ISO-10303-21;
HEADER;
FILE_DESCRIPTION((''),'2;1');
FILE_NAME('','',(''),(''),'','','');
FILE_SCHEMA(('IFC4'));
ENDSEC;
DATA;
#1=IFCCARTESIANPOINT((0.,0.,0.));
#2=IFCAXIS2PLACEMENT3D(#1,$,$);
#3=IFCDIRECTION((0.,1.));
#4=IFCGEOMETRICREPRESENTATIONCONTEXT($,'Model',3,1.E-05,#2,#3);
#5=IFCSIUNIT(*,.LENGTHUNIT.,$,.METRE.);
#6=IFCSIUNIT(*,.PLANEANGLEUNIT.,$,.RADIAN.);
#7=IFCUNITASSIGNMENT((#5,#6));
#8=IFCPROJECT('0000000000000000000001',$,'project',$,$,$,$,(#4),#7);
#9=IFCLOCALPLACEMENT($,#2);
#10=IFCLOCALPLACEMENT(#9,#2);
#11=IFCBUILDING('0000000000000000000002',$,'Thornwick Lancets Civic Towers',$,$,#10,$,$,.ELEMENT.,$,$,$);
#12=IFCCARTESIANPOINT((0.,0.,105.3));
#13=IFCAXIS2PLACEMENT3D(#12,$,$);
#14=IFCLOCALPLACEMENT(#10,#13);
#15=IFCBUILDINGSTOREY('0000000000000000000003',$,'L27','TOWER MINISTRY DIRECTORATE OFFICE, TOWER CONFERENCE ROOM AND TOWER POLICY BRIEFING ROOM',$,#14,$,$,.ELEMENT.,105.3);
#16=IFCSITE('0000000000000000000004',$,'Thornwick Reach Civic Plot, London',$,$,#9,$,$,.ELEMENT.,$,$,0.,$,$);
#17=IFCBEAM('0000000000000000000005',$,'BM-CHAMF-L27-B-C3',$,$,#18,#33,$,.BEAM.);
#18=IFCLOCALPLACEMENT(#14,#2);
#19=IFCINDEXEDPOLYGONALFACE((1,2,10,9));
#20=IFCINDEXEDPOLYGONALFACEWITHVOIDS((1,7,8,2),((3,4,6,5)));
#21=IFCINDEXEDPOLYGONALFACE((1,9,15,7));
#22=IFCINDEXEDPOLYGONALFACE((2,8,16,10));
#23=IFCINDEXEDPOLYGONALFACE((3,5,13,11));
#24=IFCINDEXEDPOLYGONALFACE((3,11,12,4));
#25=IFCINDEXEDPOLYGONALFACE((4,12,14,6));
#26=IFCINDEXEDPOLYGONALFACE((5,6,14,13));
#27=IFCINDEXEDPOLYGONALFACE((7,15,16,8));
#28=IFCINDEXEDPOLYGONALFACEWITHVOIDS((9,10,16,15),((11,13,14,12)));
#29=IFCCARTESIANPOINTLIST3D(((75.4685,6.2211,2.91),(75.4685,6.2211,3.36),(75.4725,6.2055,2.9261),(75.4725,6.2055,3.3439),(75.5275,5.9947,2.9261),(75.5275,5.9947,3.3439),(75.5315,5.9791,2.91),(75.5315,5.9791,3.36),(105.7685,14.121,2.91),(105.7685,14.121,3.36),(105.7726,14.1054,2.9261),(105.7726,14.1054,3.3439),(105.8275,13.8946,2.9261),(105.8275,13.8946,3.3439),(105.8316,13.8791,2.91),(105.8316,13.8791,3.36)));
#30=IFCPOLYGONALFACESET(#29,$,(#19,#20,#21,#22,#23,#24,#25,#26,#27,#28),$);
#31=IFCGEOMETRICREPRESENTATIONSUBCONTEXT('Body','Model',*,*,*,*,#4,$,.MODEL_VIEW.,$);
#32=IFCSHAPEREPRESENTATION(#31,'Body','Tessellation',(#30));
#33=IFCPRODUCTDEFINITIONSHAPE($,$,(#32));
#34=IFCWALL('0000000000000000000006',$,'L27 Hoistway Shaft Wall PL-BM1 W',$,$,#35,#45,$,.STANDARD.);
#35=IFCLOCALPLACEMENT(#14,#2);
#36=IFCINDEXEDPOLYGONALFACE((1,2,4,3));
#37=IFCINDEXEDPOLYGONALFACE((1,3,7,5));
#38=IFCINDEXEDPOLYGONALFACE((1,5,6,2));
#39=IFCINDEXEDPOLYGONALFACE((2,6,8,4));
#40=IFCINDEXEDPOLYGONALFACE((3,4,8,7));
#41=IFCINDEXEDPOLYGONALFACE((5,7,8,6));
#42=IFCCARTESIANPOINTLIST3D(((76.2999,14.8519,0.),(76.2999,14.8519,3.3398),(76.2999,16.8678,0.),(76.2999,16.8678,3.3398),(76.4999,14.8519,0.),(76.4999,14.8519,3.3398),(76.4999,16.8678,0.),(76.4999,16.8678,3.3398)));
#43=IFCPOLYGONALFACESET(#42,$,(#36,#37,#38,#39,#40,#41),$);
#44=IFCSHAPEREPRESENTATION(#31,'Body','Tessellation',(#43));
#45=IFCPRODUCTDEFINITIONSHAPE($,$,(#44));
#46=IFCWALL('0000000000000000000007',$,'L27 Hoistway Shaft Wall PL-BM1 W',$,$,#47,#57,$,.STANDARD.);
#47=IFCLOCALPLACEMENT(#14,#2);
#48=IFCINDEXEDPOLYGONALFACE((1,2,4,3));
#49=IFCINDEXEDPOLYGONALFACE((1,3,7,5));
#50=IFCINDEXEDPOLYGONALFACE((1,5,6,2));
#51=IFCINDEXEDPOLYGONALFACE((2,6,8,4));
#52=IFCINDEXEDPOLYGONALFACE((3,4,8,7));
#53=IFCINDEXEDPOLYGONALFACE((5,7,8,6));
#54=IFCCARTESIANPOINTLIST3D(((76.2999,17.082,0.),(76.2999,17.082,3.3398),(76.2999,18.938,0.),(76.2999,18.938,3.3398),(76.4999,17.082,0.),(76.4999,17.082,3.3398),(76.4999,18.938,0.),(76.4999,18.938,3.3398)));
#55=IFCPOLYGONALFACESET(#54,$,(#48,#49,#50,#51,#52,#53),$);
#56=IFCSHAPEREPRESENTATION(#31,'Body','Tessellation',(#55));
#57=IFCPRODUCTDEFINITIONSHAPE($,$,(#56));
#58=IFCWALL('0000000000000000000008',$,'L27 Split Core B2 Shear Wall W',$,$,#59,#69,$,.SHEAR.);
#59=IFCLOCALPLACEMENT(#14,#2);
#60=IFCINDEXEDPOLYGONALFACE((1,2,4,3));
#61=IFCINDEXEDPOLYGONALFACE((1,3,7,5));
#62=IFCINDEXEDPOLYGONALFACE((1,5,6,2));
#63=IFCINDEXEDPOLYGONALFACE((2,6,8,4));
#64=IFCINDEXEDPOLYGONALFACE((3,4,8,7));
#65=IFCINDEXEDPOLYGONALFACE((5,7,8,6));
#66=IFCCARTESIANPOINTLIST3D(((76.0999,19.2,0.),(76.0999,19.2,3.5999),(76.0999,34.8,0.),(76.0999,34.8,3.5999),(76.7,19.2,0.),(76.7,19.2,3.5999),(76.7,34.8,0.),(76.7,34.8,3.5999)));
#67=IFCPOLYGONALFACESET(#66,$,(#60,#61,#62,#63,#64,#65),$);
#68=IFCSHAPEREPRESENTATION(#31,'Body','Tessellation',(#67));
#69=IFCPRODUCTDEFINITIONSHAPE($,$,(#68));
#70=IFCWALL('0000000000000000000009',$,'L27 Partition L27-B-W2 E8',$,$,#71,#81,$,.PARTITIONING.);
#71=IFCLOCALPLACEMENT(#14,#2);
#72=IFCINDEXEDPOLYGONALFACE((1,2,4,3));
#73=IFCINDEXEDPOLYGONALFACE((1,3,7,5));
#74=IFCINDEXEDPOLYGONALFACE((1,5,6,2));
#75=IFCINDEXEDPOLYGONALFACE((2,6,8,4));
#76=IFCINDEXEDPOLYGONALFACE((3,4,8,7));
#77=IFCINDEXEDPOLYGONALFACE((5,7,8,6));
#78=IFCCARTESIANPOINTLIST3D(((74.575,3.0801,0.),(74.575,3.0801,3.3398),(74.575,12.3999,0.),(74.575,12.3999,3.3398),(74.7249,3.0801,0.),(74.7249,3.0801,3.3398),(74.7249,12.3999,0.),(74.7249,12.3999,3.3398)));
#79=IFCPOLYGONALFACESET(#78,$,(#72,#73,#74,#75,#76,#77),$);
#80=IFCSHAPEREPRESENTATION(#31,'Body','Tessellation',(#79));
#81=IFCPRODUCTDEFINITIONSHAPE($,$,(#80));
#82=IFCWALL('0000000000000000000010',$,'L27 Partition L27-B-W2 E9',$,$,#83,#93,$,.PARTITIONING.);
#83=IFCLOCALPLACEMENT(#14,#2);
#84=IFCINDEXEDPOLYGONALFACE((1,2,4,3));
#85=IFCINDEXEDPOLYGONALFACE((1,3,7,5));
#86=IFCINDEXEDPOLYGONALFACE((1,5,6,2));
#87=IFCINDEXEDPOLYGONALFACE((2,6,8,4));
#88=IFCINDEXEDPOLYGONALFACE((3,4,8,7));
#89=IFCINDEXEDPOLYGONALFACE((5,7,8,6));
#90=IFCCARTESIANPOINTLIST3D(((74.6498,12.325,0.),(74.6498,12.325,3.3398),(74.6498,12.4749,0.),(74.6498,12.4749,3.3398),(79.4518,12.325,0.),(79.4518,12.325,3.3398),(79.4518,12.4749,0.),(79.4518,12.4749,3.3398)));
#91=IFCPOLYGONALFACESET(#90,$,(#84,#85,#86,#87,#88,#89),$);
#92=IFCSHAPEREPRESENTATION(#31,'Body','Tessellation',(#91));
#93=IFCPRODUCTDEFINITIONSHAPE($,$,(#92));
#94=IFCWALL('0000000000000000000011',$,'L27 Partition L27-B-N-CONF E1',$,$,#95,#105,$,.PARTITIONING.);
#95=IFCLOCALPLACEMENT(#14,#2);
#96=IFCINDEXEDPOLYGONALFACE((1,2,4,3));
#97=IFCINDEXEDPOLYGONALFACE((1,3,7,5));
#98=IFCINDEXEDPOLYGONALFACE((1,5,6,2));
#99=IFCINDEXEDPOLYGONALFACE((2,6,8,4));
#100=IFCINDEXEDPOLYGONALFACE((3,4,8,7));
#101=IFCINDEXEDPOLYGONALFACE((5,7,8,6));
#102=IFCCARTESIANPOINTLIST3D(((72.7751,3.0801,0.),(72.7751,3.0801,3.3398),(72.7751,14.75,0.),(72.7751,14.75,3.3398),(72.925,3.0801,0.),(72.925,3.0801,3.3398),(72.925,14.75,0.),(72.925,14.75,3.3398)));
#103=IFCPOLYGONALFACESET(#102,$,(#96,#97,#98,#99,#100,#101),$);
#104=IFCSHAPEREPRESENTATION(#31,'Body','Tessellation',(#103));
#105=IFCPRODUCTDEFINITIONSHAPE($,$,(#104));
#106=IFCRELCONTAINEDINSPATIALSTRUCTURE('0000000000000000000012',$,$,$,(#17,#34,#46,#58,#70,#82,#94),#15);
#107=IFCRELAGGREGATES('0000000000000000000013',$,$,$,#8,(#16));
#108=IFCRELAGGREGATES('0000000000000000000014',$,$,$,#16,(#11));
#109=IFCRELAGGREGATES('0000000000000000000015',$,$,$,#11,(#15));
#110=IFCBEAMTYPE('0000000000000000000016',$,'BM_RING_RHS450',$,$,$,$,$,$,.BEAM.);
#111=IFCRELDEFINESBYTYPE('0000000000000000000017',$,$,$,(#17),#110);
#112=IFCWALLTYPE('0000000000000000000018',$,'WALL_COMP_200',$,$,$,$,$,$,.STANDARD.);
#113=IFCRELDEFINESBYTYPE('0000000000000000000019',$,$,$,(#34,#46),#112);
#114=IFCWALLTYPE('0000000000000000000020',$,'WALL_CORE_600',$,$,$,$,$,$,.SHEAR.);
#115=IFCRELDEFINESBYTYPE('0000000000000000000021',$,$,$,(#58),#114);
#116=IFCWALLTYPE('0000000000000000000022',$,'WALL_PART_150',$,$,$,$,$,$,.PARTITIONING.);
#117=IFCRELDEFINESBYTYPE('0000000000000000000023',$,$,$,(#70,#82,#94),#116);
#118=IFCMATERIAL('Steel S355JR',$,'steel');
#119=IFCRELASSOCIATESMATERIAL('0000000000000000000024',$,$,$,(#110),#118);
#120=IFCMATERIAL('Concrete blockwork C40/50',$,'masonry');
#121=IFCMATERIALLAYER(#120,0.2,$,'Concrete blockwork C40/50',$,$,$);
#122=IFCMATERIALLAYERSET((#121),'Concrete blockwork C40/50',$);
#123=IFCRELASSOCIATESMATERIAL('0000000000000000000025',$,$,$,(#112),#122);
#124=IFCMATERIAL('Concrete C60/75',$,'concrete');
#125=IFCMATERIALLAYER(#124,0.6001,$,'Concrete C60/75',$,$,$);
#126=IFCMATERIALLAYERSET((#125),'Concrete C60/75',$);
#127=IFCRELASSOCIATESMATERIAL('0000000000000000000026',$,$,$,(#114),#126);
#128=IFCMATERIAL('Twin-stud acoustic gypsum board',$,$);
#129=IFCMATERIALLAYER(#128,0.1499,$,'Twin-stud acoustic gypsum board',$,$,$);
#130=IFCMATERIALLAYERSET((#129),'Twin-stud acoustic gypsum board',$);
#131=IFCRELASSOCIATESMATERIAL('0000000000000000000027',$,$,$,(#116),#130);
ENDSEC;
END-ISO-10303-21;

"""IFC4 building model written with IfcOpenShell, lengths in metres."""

from ifc_helpers import new_model, si_unit, direction, frame, frame_2d, origin, origin_2d, place, context, subcontext, project, spatial, rectangle, hollow_rectangle, extrude, material, layer, layer_set, material_profile, profile_set, type_object, element, save


model = new_model("IFC4")

# Units and contexts
model_context = context("Model", 3, precision=1e-05, world=origin(), true_north=direction((0.0, 1.0)))
body_context = subcontext(model_context, "Body", "Model", "MODEL_VIEW")
ifc_project = project(units=[si_unit("LENGTHUNIT", "METRE"), si_unit("PLANEANGLEUNIT", "RADIAN")], contexts=[model_context])

# Site, building, storey
site_placement = place(None, origin())
site = spatial("IfcSite", under=ifc_project, at=site_placement, Name="Thornwick Reach Civic Plot, London", CompositionType="ELEMENT", RefElevation=0.0)
building_placement = place(site_placement, origin())
building = spatial("IfcBuilding", under=site, at=building_placement, Name="Thornwick Lancets Civic Towers", CompositionType="ELEMENT")
storey_placement = place(building_placement, frame((0.0, 0.0, 105.3)))
storey = spatial("IfcBuildingStorey", under=building, at=storey_placement, Name="L27", Description="TOWER MINISTRY DIRECTORATE OFFICE, TOWER CONFERENCE ROOM AND TOWER POLICY BRIEFING ROOM", CompositionType="ELEMENT", Elevation=105.3)

# Shared definitions
ifc_material_1 = material(Name="Concrete C60/75", Category="concrete")

# Beam
ifc_material_2 = material(Name="Steel S355JR", Category="steel")
ifc_material_profile_1 = material_profile(ifc_material_2, hollow_rectangle(XDim=0.25, YDim=0.45, WallThickness=0.0161, at=origin_2d()), Name="RHS 450x250x16")
ifc_profile_set_1 = profile_set([ifc_material_profile_1], Name="Steel S355JR")
beam_type_1 = type_object("IfcBeamType", Name="BM_RING_RHS450", PredefinedType="BEAM", material=ifc_profile_set_1)
beam_1_placement = place(storey_placement, frame((75.5, 6.1001, 3.135), z_axis=(0.967652, 0.252289, 0.0), x_axis=(-0.252289, 0.967652, 0.0)))
element("IfcBeam", 1, at=beam_1_placement, inside=storey, type_object=beam_type_1, Name="BM-CHAMF-L27-B-C3", PredefinedType="BEAM", context=body_context, shape_type="SweptSolid", body=[
    extrude(hollow_rectangle(XDim=0.25, YDim=0.45, WallThickness=0.0161, at=origin_2d()), origin(), (0.0, 0.0, 1.0), 31.313),
])

# Walls
ifc_material_3 = material(Name="Concrete blockwork C40/50", Category="masonry")
ifc_layer_1 = layer(ifc_material_3, 0.2, Name="Concrete blockwork C40/50")
ifc_layer_set_1 = layer_set([ifc_layer_1], Name="Concrete blockwork C40/50")
wall_type_1 = type_object("IfcWallType", Name="WALL_COMP_200", PredefinedType="STANDARD", material=ifc_layer_set_1)
wall_1_placement = place(storey_placement, frame((76.3999, 14.8521, 0.0), z_axis=(0.0, 0.0, 1.0), x_axis=(0.0, 1.0, 0.0)))
element("IfcWall", 2, at=wall_1_placement, inside=storey, type_object=wall_type_1, Name="L27 Hoistway Shaft Wall PL-BM1 W", PredefinedType="STANDARD", context=body_context, shape_type="SweptSolid", body=[
    extrude(rectangle(XDim=2.0159, YDim=0.2, at=frame_2d((1.0078, 0.0))), origin(), (0.0, 0.0, 1.0), 3.3398),
])
wall_2_placement = place(storey_placement, frame((76.3999, 17.082, 0.0), z_axis=(0.0, 0.0, 1.0), x_axis=(0.0, 1.0, 0.0)))
element("IfcWall", 3, at=wall_2_placement, inside=storey, type_object=wall_type_1, Name="L27 Hoistway Shaft Wall PL-BM1 W", PredefinedType="STANDARD", context=body_context, shape_type="SweptSolid", body=[
    extrude(rectangle(XDim=1.856, YDim=0.2, at=frame_2d((0.928, 0.0))), origin(), (0.0, 0.0, 1.0), 3.3398),
])
ifc_layer_2 = layer(ifc_material_1, 0.6001, Name="Concrete C60/75")
ifc_layer_set_2 = layer_set([ifc_layer_2], Name="Concrete C60/75")
wall_type_2 = type_object("IfcWallType", Name="WALL_CORE_600", PredefinedType="SHEAR", material=ifc_layer_set_2)
wall_3_placement = place(storey_placement, frame((76.3999, 19.2, 0.0), z_axis=(0.0, 0.0, 1.0), x_axis=(0.0, 1.0, 0.0)))
element("IfcWall", 4, at=wall_3_placement, inside=storey, type_object=wall_type_2, Name="L27 Split Core B2 Shear Wall W", PredefinedType="SHEAR", context=body_context, shape_type="SweptSolid", body=[
    extrude(rectangle(XDim=15.6001, YDim=0.6001, at=frame_2d((7.8, 0.0))), origin(), (0.0, 0.0, 1.0), 3.5999),
])
ifc_material_4 = material(Name="Twin-stud acoustic gypsum board")
ifc_layer_3 = layer(ifc_material_4, 0.1499, Name="Twin-stud acoustic gypsum board")
ifc_layer_set_3 = layer_set([ifc_layer_3], Name="Twin-stud acoustic gypsum board")
wall_type_3 = type_object("IfcWallType", Name="WALL_PART_150", PredefinedType="PARTITIONING", material=ifc_layer_set_3)
wall_4_placement = place(storey_placement, frame((74.6499, 3.0801, 0.0), z_axis=(0.0, 0.0, 1.0), x_axis=(0.0, 1.0, 0.0)))
element("IfcWall", 5, at=wall_4_placement, inside=storey, type_object=wall_type_3, Name="L27 Partition L27-B-W2 E8", PredefinedType="PARTITIONING", context=body_context, shape_type="SweptSolid", body=[
    extrude(rectangle(XDim=9.3198, YDim=0.1499, at=frame_2d((4.6599, 0.0))), origin(), (0.0, 0.0, 1.0), 3.3398),
])
wall_5_placement = place(storey_placement, frame((74.6499, 12.3999, 0.0), z_axis=(0.0, 0.0, 1.0), x_axis=(1.0, 0.0, 0.0)))
element("IfcWall", 6, at=wall_5_placement, inside=storey, type_object=wall_type_3, Name="L27 Partition L27-B-W2 E9", PredefinedType="PARTITIONING", context=body_context, shape_type="SweptSolid", body=[
    extrude(rectangle(XDim=4.802, YDim=0.1499, at=frame_2d((2.4009, 0.0))), origin(), (0.0, 0.0, 1.0), 3.3398),
])
wall_6_placement = place(storey_placement, frame((72.8501, 14.75, 0.0), z_axis=(0.0, 0.0, 1.0), x_axis=(0.0, -1.0, 0.0)))
element("IfcWall", 7, at=wall_6_placement, inside=storey, type_object=wall_type_3, Name="L27 Partition L27-B-N-CONF E1", PredefinedType="PARTITIONING", context=body_context, shape_type="SweptSolid", body=[
    extrude(rectangle(XDim=11.6699, YDim=0.1499, at=frame_2d((5.835, 0.0))), origin(), (0.0, 0.0, 1.0), 3.3398),
])

save(model, "model.ifc")
